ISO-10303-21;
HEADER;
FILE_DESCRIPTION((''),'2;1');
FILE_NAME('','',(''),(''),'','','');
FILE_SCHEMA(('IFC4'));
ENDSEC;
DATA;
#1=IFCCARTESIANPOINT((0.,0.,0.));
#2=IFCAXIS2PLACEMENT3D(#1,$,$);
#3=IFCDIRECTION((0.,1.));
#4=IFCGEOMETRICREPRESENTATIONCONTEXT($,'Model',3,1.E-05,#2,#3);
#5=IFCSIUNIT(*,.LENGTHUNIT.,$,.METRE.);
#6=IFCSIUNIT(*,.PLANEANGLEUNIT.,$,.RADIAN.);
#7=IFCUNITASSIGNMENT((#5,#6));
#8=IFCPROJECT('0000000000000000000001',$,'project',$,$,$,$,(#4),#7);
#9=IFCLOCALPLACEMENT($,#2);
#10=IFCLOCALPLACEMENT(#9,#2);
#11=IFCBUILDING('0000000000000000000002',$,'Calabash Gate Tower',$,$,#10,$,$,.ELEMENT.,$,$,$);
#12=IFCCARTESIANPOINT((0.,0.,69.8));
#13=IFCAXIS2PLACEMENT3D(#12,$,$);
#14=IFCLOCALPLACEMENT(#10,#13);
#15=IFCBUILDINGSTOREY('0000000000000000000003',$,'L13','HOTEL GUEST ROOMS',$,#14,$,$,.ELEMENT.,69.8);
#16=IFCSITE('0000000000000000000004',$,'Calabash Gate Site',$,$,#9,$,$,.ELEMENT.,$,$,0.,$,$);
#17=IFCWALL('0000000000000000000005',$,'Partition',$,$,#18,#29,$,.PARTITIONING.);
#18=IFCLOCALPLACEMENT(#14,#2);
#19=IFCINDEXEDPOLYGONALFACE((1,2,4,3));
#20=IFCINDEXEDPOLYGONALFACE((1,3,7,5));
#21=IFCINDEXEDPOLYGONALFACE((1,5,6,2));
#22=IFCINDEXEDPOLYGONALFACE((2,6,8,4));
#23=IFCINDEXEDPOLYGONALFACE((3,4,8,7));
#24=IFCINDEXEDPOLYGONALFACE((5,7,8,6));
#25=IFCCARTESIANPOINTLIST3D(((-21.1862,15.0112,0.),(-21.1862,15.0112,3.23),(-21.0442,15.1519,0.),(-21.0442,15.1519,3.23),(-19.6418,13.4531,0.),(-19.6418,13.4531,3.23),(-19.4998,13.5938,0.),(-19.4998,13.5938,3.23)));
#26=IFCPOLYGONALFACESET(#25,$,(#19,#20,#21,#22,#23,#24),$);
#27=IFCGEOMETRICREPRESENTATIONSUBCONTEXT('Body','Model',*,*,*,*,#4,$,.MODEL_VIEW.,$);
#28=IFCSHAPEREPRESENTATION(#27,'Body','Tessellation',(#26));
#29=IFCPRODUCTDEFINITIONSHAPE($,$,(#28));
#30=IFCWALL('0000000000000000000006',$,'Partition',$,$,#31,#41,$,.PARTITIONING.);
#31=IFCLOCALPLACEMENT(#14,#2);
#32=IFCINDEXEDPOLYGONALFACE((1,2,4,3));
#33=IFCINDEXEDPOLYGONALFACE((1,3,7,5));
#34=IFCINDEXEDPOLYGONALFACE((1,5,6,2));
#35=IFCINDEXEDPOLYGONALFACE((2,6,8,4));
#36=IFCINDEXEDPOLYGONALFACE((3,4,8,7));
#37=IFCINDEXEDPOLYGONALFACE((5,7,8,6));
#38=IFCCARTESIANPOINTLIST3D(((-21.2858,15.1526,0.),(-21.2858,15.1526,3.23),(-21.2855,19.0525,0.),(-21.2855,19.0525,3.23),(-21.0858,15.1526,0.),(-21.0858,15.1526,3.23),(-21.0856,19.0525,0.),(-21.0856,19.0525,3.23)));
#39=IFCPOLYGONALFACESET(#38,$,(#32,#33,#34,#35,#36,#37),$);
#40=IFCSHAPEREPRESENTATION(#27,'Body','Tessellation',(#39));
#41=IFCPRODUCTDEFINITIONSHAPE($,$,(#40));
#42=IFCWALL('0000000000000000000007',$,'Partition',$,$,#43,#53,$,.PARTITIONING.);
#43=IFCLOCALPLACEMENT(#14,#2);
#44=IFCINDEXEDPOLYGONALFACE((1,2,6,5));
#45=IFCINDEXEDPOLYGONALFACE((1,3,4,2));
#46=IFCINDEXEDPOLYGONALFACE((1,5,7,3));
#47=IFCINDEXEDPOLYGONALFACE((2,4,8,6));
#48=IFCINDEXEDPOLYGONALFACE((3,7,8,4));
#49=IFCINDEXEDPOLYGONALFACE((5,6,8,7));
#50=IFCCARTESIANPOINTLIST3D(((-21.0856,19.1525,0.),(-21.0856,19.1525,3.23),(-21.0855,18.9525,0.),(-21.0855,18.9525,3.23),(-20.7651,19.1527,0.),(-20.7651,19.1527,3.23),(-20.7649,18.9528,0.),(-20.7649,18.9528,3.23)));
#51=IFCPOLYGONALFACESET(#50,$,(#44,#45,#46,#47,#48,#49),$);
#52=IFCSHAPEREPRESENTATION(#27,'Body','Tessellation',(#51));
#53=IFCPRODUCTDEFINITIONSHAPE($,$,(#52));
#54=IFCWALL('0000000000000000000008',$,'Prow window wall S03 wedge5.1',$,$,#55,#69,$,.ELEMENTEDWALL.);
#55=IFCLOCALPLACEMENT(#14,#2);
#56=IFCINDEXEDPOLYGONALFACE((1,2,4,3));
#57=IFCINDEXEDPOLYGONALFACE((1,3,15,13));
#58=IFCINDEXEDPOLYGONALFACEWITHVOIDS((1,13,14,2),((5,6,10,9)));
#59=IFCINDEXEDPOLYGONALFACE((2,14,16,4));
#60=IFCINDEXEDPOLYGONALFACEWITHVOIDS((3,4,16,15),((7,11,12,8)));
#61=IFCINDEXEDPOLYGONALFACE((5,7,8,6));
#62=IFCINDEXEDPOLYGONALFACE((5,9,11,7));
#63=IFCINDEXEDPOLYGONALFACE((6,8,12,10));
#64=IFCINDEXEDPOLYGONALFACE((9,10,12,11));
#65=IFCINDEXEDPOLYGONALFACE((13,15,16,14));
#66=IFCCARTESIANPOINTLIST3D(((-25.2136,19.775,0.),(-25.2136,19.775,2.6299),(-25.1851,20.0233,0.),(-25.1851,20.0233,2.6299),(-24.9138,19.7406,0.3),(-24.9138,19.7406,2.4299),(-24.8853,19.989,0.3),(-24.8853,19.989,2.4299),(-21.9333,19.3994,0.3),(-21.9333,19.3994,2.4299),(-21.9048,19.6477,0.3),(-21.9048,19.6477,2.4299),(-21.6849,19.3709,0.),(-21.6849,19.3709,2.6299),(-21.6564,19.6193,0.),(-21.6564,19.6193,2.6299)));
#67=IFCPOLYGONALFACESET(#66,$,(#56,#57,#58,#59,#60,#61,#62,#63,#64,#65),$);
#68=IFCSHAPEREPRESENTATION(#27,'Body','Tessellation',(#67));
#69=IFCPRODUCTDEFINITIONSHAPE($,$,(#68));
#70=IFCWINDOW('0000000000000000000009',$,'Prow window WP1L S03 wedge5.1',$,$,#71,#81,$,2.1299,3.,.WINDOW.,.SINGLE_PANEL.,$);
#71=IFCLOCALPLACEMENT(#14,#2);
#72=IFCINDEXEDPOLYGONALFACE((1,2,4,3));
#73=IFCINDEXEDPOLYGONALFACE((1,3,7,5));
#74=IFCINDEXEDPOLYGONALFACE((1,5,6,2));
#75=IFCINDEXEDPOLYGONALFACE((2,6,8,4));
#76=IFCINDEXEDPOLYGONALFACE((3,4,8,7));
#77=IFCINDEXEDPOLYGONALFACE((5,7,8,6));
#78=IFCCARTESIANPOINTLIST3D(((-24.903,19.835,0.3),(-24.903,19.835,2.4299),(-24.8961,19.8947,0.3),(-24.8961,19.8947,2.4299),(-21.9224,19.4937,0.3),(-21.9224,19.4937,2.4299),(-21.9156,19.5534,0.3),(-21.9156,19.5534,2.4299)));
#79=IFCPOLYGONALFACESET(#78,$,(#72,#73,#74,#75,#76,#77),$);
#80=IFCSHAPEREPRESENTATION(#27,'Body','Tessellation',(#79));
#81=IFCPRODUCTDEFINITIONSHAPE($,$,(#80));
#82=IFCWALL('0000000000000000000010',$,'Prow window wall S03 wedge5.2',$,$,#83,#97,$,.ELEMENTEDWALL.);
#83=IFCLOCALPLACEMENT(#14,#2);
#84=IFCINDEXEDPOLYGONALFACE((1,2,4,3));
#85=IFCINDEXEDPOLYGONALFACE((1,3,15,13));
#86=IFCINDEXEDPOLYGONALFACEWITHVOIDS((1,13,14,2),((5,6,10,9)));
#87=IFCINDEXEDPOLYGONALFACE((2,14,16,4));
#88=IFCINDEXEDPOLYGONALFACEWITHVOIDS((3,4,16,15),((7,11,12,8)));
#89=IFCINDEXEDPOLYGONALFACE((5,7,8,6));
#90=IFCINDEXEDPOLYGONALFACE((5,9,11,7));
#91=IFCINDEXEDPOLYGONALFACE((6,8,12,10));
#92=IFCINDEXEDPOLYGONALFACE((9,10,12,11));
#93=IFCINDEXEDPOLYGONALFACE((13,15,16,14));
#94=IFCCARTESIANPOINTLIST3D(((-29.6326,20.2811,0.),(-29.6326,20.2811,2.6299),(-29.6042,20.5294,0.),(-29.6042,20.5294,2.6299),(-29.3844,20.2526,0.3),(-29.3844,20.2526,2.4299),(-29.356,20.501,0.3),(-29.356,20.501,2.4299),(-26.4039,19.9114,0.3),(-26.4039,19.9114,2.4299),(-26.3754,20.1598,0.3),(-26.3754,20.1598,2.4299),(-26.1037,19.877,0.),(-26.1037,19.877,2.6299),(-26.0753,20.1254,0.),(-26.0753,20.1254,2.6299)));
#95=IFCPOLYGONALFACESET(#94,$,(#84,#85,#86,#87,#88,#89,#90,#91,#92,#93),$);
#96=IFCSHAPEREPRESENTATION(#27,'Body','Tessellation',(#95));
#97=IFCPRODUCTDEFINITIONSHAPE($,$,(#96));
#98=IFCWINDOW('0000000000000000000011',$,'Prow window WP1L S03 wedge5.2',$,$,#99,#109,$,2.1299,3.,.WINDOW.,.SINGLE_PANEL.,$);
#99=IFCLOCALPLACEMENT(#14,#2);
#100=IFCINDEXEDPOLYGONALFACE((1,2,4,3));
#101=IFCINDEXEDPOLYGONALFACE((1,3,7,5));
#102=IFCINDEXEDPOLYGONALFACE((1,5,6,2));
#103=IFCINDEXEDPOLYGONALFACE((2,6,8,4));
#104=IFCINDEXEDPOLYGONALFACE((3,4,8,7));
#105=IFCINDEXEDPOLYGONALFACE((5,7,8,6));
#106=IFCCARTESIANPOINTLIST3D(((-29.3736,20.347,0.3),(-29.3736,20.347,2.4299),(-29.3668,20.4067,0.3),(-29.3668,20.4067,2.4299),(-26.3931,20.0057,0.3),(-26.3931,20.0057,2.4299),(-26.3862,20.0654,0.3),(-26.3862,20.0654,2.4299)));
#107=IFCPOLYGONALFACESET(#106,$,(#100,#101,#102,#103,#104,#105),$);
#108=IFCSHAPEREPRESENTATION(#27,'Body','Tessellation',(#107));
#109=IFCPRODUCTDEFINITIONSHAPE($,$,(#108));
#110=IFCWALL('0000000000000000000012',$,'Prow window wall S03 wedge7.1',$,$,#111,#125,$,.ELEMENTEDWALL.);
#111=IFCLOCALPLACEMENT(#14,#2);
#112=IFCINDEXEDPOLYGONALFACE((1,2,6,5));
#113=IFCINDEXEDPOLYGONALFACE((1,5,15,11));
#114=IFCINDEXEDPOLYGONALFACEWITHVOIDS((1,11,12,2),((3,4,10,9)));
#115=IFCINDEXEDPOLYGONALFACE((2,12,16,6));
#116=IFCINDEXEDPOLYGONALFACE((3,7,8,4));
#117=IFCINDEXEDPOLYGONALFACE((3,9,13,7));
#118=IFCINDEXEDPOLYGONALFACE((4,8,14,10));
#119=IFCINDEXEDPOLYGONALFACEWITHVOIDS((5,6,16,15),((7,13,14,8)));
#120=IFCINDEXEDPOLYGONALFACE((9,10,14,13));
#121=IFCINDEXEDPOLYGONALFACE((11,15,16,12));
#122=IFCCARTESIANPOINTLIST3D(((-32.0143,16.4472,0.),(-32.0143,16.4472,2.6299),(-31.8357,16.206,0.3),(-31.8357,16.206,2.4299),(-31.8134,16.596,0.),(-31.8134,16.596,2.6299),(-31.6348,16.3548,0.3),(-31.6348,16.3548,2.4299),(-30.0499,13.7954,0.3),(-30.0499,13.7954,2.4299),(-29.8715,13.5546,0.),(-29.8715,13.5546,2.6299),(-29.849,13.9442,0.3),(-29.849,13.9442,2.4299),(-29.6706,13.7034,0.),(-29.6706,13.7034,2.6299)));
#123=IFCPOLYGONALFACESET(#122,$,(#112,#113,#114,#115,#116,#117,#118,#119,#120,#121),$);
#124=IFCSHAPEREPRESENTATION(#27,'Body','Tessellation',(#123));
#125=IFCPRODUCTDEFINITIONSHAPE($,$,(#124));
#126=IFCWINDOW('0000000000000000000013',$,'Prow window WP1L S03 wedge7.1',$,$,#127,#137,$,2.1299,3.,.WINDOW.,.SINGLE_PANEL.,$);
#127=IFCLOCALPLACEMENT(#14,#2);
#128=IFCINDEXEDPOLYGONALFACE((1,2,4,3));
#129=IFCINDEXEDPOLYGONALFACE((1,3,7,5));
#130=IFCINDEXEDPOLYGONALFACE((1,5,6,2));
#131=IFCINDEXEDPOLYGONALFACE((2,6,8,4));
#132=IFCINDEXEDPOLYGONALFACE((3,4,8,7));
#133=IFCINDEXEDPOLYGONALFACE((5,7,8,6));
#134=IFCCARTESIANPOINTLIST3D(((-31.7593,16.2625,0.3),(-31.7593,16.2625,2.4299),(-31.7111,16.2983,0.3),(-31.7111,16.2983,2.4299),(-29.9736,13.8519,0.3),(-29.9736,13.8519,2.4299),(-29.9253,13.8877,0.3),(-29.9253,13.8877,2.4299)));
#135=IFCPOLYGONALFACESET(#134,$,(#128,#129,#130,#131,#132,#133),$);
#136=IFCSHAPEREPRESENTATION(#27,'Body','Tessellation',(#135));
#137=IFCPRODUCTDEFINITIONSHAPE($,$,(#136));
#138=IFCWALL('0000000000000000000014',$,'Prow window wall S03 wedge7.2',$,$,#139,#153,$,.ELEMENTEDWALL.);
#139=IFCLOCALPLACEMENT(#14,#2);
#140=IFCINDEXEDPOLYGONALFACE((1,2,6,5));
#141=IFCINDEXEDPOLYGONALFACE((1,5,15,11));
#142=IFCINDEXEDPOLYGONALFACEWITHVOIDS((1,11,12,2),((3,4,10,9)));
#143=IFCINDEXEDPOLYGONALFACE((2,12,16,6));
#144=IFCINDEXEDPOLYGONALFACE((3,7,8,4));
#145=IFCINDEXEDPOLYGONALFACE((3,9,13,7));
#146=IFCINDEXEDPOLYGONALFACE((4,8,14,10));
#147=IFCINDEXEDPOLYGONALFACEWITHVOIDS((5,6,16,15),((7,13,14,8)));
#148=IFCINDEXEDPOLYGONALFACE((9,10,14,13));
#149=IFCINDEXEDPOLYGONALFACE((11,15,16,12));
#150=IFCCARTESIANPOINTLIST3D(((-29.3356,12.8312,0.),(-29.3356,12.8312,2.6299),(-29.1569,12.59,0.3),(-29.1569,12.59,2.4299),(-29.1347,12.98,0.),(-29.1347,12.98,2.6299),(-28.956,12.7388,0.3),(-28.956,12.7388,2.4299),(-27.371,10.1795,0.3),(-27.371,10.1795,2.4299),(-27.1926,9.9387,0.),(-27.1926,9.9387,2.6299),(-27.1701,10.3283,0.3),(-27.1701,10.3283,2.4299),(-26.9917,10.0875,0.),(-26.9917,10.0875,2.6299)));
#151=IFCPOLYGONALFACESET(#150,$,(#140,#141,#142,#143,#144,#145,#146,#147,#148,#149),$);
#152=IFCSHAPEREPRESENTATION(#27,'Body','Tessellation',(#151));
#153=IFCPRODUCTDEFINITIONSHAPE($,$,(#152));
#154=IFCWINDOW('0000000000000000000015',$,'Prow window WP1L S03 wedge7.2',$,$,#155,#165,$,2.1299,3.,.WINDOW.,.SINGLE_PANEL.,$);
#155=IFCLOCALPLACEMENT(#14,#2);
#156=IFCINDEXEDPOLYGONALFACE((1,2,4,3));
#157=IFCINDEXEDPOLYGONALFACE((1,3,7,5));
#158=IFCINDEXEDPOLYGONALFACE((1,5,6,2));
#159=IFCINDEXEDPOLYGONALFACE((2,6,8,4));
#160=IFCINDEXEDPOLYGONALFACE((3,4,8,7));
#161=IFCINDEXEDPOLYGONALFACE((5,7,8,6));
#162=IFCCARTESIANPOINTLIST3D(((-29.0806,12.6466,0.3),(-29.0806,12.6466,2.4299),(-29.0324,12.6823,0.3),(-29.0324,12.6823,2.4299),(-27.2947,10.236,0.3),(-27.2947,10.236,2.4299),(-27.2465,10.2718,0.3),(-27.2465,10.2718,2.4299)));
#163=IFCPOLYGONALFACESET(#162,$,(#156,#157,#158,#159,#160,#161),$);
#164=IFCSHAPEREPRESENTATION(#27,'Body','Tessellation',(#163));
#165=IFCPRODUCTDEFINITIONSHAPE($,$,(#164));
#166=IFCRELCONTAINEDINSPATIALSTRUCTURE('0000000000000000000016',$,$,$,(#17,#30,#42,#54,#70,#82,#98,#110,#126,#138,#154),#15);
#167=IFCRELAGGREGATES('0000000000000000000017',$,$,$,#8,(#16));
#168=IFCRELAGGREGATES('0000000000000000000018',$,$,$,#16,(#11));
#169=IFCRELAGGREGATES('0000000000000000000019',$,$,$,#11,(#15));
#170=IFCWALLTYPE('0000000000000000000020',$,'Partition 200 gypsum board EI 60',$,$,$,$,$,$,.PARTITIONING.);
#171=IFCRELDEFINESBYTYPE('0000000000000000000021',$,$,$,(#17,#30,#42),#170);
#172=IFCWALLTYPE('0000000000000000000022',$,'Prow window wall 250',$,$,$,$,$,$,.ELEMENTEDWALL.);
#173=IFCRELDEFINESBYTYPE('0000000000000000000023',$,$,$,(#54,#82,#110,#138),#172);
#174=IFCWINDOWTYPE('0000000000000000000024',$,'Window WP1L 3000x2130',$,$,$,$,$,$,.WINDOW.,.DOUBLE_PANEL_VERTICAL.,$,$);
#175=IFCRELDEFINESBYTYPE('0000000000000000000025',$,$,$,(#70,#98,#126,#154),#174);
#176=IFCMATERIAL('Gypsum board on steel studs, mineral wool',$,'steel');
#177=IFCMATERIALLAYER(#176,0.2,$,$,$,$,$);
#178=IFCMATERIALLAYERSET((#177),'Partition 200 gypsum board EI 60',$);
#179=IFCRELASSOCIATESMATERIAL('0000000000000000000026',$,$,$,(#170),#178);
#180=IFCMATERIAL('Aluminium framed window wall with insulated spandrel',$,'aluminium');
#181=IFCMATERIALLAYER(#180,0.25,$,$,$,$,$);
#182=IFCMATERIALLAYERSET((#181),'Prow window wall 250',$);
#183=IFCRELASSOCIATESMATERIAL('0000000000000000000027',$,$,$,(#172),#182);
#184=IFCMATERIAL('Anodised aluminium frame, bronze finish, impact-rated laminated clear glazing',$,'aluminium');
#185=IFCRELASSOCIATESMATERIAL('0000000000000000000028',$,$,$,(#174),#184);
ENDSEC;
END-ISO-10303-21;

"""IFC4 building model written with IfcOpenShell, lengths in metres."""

from ifc_helpers import new_model, si_unit, direction, frame, frame_2d, origin, place, context, subcontext, project, spatial, rectangle, extrude, material, layer, layer_set, type_object, element, fill, save


model = new_model("IFC4")

# Units and contexts
model_context = context("Model", 3, precision=1e-05, world=origin(), true_north=direction((0.0, 1.0)))
body_context = subcontext(model_context, "Body", "Model", "MODEL_VIEW")
ifc_project = project(units=[si_unit("LENGTHUNIT", "METRE"), si_unit("PLANEANGLEUNIT", "RADIAN")], contexts=[model_context])

# Site, building, storey
site_placement = place(None, origin())
site = spatial("IfcSite", under=ifc_project, at=site_placement, Name="Calabash Gate Site", CompositionType="ELEMENT", RefElevation=0.0)
building_placement = place(site_placement, origin())
building = spatial("IfcBuilding", under=site, at=building_placement, Name="Calabash Gate Tower", CompositionType="ELEMENT")
storey_placement = place(building_placement, frame((0.0, 0.0, 69.8)))
storey = spatial("IfcBuildingStorey", under=building, at=storey_placement, Name="L13", Description="HOTEL GUEST ROOMS", CompositionType="ELEMENT", Elevation=69.8)

# Walls
ifc_material_1 = material(Name="Gypsum board on steel studs, mineral wool", Category="steel")
ifc_layer_1 = layer(ifc_material_1, 0.2)
ifc_layer_set_1 = layer_set([ifc_layer_1], Name="Partition 200 gypsum board EI 60")
wall_type_1 = type_object("IfcWallType", Name="Partition 200 gypsum board EI 60", PredefinedType="PARTITIONING", material=ifc_layer_set_1)
wall_1_placement = place(storey_placement, frame((-21.1152, 15.0815, 0.0), z_axis=(0.0, 0.0, 1.0), x_axis=(0.703984, -0.710216, 0.0)))
element("IfcWall", 1, at=wall_1_placement, inside=storey, type_object=wall_type_1, Name="Partition", PredefinedType="PARTITIONING", context=body_context, shape_type="SweptSolid", body=[
    extrude(rectangle(XDim=2.1938, YDim=0.2, at=frame_2d((1.0969, 0.0))), origin(), (0.0, 0.0, 1.0), 3.23),
])
wall_2_placement = place(storey_placement, frame((-21.1858, 15.1526, 0.0), z_axis=(0.0, 0.0, 1.0), x_axis=(0.000063, 1.0, 0.0)))
element("IfcWall", 2, at=wall_2_placement, inside=storey, type_object=wall_type_1, Name="Partition", PredefinedType="PARTITIONING", context=body_context, shape_type="SweptSolid", body=[
    extrude(rectangle(XDim=3.8999, YDim=0.2, at=frame_2d((1.95, 0.0))), origin(), (0.0, 0.0, 1.0), 3.23),
])
wall_3_placement = place(storey_placement, frame((-21.0854, 19.0525, 0.0), z_axis=(0.0, 0.0, 1.0), x_axis=(1.0, 0.000762, 0.0)))
element("IfcWall", 3, at=wall_3_placement, inside=storey, type_object=wall_type_1, Name="Partition", PredefinedType="PARTITIONING", context=body_context, shape_type="SweptSolid", body=[
    extrude(rectangle(XDim=0.3206, YDim=0.2, at=frame_2d((0.1602, 0.0))), origin(), (0.0, 0.0, 1.0), 3.23),
])

# Walls, openings, windows
ifc_material_2 = material(Name="Aluminium framed window wall with insulated spandrel", Category="aluminium")
ifc_layer_2 = layer(ifc_material_2, 0.25)
ifc_layer_set_2 = layer_set([ifc_layer_2], Name="Prow window wall 250")
wall_type_2 = type_object("IfcWallType", Name="Prow window wall 250", PredefinedType="ELEMENTEDWALL", material=ifc_layer_set_2)
wall_4_placement = place(storey_placement, frame((-21.6707, 19.4951, 0.0), z_axis=(0.0, 0.0, 1.0), x_axis=(-0.993509, 0.113758, 0.0)))
wall_4 = element("IfcWall", 4, at=wall_4_placement, inside=storey, type_object=wall_type_2, Name="Prow window wall S03 wedge5.1", PredefinedType="ELEMENTEDWALL", context=body_context, shape_type="SweptSolid", body=[
    extrude(rectangle(XDim=3.5518, YDim=0.25, at=frame_2d((1.7759, 0.0))), origin(), (0.0, 0.0, 1.0), 2.6299),
])
opening_1_placement = place(wall_4_placement, frame((0.25, 0.0, 0.3)))
opening_1 = element("IfcOpeningElement", 5, at=opening_1_placement, cuts=wall_4, PredefinedType="OPENING", context=body_context, shape_type="SweptSolid", body=[
    extrude(rectangle(XDim=3.0, YDim=2.1299, at=frame_2d((1.5, 1.0649))), frame((0.0, 0.135, 0.0), z_axis=(0.0, -1.0, 0.0), x_axis=(1.0, 0.0, 0.0)), (0.0, 0.0, 1.0), 0.27),
])
ifc_material_3 = material(Name="Anodised aluminium frame, bronze finish, impact-rated laminated clear glazing", Category="aluminium")
window_type = type_object("IfcWindowType", Name="Window WP1L 3000x2130", PartitioningType="DOUBLE_PANEL_VERTICAL", PredefinedType="WINDOW", material=ifc_material_3)
window_1_placement = place(opening_1_placement, origin())
window_1 = element("IfcWindow", 6, at=window_1_placement, inside=storey, type_object=window_type, Name="Prow window WP1L S03 wedge5.1", OverallHeight=2.1299, OverallWidth=3.0, PartitioningType="SINGLE_PANEL", PredefinedType="WINDOW", context=body_context, shape_type="SweptSolid", body=[
    extrude(rectangle(XDim=3.0, YDim=2.1299, at=frame_2d((1.5, 1.0649))), frame((0.0, 0.03, 0.0), z_axis=(0.0, -1.0, 0.0), x_axis=(1.0, 0.0, 0.0)), (0.0, 0.0, 1.0), 0.0601),
])
fill(opening_1, window_1)
wall_5_placement = place(storey_placement, frame((-26.0896, 20.0012, 0.0), z_axis=(0.0, 0.0, 1.0), x_axis=(-0.993509, 0.11375, 0.0)))
wall_5 = element("IfcWall", 7, at=wall_5_placement, inside=storey, type_object=wall_type_2, Name="Prow window wall S03 wedge5.2", PredefinedType="ELEMENTEDWALL", context=body_context, shape_type="SweptSolid", body=[
    extrude(rectangle(XDim=3.552, YDim=0.25, at=frame_2d((1.7759, 0.0))), origin(), (0.0, 0.0, 1.0), 2.6299),
])
opening_2_placement = place(wall_5_placement, frame((0.302, 0.0, 0.3)))
opening_2 = element("IfcOpeningElement", 8, at=opening_2_placement, cuts=wall_5, PredefinedType="OPENING", context=body_context, shape_type="SweptSolid", body=[
    extrude(rectangle(XDim=3.0, YDim=2.1299, at=frame_2d((1.5, 1.0649))), frame((0.0, 0.135, 0.0), z_axis=(0.0, -1.0, 0.0), x_axis=(1.0, 0.0, 0.0)), (0.0, 0.0, 1.0), 0.27),
])
window_2_placement = place(opening_2_placement, origin())
window_2 = element("IfcWindow", 9, at=window_2_placement, inside=storey, type_object=window_type, Name="Prow window WP1L S03 wedge5.2", OverallHeight=2.1299, OverallWidth=3.0, PartitioningType="SINGLE_PANEL", PredefinedType="WINDOW", context=body_context, shape_type="SweptSolid", body=[
    extrude(rectangle(XDim=3.0, YDim=2.1299, at=frame_2d((1.5, 1.0649))), frame((0.0, 0.03, 0.0), z_axis=(0.0, -1.0, 0.0), x_axis=(1.0, 0.0, 0.0)), (0.0, 0.0, 1.0), 0.0601),
])
fill(opening_2, window_2)
wall_6_placement = place(storey_placement, frame((-31.9138, 16.5215, 0.0), z_axis=(0.0, 0.0, 1.0), x_axis=(0.595258, -0.803534, 0.0)))
wall_6 = element("IfcWall", 10, at=wall_6_placement, inside=storey, type_object=wall_type_2, Name="Prow window wall S03 wedge7.1", PredefinedType="ELEMENTEDWALL", context=body_context, shape_type="SweptSolid", body=[
    extrude(rectangle(XDim=3.5999, YDim=0.25, at=frame_2d((1.7998, 0.0))), origin(), (0.0, 0.0, 1.0), 2.6299),
])
opening_3_placement = place(wall_6_placement, frame((0.3, 0.0, 0.3)))
opening_3 = element("IfcOpeningElement", 11, at=opening_3_placement, cuts=wall_6, PredefinedType="OPENING", context=body_context, shape_type="SweptSolid", body=[
    extrude(rectangle(XDim=3.0, YDim=2.1299, at=frame_2d((1.5, 1.0649))), frame((0.0, 0.135, 0.0), z_axis=(0.0, -1.0, 0.0), x_axis=(1.0, 0.0, 0.0)), (0.0, 0.0, 1.0), 0.27),
])
window_3_placement = place(opening_3_placement, origin())
window_3 = element("IfcWindow", 12, at=window_3_placement, inside=storey, type_object=window_type, Name="Prow window WP1L S03 wedge7.1", OverallHeight=2.1299, OverallWidth=3.0, PartitioningType="SINGLE_PANEL", PredefinedType="WINDOW", context=body_context, shape_type="SweptSolid", body=[
    extrude(rectangle(XDim=3.0, YDim=2.1299, at=frame_2d((1.5, 1.0649))), frame((0.0, 0.03, 0.0), z_axis=(0.0, -1.0, 0.0), x_axis=(1.0, 0.0, 0.0)), (0.0, 0.0, 1.0), 0.0601),
])
fill(opening_3, window_3)
wall_7_placement = place(storey_placement, frame((-29.2351, 12.9055, 0.0), z_axis=(0.0, 0.0, 1.0), x_axis=(0.595302, -0.803502, 0.0)))
wall_7 = element("IfcWall", 13, at=wall_7_placement, inside=storey, type_object=wall_type_2, Name="Prow window wall S03 wedge7.2", PredefinedType="ELEMENTEDWALL", context=body_context, shape_type="SweptSolid", body=[
    extrude(rectangle(XDim=3.5999, YDim=0.25, at=frame_2d((1.7998, 0.0))), origin(), (0.0, 0.0, 1.0), 2.6299),
])
opening_4_placement = place(wall_7_placement, frame((0.3, 0.0, 0.3)))
opening_4 = element("IfcOpeningElement", 14, at=opening_4_placement, cuts=wall_7, PredefinedType="OPENING", context=body_context, shape_type="SweptSolid", body=[
    extrude(rectangle(XDim=3.0, YDim=2.1299, at=frame_2d((1.5, 1.0649))), frame((0.0, 0.135, 0.0), z_axis=(0.0, -1.0, 0.0), x_axis=(1.0, 0.0, 0.0)), (0.0, 0.0, 1.0), 0.27),
])
window_4_placement = place(opening_4_placement, origin())
window_4 = element("IfcWindow", 15, at=window_4_placement, inside=storey, type_object=window_type, Name="Prow window WP1L S03 wedge7.2", OverallHeight=2.1299, OverallWidth=3.0, PartitioningType="SINGLE_PANEL", PredefinedType="WINDOW", context=body_context, shape_type="SweptSolid", body=[
    extrude(rectangle(XDim=3.0, YDim=2.1299, at=frame_2d((1.5, 1.0649))), frame((0.0, 0.03, 0.0), z_axis=(0.0, -1.0, 0.0), x_axis=(1.0, 0.0, 0.0)), (0.0, 0.0, 1.0), 0.0601),
])
fill(opening_4, window_4)

save(model, "model.ifc")
